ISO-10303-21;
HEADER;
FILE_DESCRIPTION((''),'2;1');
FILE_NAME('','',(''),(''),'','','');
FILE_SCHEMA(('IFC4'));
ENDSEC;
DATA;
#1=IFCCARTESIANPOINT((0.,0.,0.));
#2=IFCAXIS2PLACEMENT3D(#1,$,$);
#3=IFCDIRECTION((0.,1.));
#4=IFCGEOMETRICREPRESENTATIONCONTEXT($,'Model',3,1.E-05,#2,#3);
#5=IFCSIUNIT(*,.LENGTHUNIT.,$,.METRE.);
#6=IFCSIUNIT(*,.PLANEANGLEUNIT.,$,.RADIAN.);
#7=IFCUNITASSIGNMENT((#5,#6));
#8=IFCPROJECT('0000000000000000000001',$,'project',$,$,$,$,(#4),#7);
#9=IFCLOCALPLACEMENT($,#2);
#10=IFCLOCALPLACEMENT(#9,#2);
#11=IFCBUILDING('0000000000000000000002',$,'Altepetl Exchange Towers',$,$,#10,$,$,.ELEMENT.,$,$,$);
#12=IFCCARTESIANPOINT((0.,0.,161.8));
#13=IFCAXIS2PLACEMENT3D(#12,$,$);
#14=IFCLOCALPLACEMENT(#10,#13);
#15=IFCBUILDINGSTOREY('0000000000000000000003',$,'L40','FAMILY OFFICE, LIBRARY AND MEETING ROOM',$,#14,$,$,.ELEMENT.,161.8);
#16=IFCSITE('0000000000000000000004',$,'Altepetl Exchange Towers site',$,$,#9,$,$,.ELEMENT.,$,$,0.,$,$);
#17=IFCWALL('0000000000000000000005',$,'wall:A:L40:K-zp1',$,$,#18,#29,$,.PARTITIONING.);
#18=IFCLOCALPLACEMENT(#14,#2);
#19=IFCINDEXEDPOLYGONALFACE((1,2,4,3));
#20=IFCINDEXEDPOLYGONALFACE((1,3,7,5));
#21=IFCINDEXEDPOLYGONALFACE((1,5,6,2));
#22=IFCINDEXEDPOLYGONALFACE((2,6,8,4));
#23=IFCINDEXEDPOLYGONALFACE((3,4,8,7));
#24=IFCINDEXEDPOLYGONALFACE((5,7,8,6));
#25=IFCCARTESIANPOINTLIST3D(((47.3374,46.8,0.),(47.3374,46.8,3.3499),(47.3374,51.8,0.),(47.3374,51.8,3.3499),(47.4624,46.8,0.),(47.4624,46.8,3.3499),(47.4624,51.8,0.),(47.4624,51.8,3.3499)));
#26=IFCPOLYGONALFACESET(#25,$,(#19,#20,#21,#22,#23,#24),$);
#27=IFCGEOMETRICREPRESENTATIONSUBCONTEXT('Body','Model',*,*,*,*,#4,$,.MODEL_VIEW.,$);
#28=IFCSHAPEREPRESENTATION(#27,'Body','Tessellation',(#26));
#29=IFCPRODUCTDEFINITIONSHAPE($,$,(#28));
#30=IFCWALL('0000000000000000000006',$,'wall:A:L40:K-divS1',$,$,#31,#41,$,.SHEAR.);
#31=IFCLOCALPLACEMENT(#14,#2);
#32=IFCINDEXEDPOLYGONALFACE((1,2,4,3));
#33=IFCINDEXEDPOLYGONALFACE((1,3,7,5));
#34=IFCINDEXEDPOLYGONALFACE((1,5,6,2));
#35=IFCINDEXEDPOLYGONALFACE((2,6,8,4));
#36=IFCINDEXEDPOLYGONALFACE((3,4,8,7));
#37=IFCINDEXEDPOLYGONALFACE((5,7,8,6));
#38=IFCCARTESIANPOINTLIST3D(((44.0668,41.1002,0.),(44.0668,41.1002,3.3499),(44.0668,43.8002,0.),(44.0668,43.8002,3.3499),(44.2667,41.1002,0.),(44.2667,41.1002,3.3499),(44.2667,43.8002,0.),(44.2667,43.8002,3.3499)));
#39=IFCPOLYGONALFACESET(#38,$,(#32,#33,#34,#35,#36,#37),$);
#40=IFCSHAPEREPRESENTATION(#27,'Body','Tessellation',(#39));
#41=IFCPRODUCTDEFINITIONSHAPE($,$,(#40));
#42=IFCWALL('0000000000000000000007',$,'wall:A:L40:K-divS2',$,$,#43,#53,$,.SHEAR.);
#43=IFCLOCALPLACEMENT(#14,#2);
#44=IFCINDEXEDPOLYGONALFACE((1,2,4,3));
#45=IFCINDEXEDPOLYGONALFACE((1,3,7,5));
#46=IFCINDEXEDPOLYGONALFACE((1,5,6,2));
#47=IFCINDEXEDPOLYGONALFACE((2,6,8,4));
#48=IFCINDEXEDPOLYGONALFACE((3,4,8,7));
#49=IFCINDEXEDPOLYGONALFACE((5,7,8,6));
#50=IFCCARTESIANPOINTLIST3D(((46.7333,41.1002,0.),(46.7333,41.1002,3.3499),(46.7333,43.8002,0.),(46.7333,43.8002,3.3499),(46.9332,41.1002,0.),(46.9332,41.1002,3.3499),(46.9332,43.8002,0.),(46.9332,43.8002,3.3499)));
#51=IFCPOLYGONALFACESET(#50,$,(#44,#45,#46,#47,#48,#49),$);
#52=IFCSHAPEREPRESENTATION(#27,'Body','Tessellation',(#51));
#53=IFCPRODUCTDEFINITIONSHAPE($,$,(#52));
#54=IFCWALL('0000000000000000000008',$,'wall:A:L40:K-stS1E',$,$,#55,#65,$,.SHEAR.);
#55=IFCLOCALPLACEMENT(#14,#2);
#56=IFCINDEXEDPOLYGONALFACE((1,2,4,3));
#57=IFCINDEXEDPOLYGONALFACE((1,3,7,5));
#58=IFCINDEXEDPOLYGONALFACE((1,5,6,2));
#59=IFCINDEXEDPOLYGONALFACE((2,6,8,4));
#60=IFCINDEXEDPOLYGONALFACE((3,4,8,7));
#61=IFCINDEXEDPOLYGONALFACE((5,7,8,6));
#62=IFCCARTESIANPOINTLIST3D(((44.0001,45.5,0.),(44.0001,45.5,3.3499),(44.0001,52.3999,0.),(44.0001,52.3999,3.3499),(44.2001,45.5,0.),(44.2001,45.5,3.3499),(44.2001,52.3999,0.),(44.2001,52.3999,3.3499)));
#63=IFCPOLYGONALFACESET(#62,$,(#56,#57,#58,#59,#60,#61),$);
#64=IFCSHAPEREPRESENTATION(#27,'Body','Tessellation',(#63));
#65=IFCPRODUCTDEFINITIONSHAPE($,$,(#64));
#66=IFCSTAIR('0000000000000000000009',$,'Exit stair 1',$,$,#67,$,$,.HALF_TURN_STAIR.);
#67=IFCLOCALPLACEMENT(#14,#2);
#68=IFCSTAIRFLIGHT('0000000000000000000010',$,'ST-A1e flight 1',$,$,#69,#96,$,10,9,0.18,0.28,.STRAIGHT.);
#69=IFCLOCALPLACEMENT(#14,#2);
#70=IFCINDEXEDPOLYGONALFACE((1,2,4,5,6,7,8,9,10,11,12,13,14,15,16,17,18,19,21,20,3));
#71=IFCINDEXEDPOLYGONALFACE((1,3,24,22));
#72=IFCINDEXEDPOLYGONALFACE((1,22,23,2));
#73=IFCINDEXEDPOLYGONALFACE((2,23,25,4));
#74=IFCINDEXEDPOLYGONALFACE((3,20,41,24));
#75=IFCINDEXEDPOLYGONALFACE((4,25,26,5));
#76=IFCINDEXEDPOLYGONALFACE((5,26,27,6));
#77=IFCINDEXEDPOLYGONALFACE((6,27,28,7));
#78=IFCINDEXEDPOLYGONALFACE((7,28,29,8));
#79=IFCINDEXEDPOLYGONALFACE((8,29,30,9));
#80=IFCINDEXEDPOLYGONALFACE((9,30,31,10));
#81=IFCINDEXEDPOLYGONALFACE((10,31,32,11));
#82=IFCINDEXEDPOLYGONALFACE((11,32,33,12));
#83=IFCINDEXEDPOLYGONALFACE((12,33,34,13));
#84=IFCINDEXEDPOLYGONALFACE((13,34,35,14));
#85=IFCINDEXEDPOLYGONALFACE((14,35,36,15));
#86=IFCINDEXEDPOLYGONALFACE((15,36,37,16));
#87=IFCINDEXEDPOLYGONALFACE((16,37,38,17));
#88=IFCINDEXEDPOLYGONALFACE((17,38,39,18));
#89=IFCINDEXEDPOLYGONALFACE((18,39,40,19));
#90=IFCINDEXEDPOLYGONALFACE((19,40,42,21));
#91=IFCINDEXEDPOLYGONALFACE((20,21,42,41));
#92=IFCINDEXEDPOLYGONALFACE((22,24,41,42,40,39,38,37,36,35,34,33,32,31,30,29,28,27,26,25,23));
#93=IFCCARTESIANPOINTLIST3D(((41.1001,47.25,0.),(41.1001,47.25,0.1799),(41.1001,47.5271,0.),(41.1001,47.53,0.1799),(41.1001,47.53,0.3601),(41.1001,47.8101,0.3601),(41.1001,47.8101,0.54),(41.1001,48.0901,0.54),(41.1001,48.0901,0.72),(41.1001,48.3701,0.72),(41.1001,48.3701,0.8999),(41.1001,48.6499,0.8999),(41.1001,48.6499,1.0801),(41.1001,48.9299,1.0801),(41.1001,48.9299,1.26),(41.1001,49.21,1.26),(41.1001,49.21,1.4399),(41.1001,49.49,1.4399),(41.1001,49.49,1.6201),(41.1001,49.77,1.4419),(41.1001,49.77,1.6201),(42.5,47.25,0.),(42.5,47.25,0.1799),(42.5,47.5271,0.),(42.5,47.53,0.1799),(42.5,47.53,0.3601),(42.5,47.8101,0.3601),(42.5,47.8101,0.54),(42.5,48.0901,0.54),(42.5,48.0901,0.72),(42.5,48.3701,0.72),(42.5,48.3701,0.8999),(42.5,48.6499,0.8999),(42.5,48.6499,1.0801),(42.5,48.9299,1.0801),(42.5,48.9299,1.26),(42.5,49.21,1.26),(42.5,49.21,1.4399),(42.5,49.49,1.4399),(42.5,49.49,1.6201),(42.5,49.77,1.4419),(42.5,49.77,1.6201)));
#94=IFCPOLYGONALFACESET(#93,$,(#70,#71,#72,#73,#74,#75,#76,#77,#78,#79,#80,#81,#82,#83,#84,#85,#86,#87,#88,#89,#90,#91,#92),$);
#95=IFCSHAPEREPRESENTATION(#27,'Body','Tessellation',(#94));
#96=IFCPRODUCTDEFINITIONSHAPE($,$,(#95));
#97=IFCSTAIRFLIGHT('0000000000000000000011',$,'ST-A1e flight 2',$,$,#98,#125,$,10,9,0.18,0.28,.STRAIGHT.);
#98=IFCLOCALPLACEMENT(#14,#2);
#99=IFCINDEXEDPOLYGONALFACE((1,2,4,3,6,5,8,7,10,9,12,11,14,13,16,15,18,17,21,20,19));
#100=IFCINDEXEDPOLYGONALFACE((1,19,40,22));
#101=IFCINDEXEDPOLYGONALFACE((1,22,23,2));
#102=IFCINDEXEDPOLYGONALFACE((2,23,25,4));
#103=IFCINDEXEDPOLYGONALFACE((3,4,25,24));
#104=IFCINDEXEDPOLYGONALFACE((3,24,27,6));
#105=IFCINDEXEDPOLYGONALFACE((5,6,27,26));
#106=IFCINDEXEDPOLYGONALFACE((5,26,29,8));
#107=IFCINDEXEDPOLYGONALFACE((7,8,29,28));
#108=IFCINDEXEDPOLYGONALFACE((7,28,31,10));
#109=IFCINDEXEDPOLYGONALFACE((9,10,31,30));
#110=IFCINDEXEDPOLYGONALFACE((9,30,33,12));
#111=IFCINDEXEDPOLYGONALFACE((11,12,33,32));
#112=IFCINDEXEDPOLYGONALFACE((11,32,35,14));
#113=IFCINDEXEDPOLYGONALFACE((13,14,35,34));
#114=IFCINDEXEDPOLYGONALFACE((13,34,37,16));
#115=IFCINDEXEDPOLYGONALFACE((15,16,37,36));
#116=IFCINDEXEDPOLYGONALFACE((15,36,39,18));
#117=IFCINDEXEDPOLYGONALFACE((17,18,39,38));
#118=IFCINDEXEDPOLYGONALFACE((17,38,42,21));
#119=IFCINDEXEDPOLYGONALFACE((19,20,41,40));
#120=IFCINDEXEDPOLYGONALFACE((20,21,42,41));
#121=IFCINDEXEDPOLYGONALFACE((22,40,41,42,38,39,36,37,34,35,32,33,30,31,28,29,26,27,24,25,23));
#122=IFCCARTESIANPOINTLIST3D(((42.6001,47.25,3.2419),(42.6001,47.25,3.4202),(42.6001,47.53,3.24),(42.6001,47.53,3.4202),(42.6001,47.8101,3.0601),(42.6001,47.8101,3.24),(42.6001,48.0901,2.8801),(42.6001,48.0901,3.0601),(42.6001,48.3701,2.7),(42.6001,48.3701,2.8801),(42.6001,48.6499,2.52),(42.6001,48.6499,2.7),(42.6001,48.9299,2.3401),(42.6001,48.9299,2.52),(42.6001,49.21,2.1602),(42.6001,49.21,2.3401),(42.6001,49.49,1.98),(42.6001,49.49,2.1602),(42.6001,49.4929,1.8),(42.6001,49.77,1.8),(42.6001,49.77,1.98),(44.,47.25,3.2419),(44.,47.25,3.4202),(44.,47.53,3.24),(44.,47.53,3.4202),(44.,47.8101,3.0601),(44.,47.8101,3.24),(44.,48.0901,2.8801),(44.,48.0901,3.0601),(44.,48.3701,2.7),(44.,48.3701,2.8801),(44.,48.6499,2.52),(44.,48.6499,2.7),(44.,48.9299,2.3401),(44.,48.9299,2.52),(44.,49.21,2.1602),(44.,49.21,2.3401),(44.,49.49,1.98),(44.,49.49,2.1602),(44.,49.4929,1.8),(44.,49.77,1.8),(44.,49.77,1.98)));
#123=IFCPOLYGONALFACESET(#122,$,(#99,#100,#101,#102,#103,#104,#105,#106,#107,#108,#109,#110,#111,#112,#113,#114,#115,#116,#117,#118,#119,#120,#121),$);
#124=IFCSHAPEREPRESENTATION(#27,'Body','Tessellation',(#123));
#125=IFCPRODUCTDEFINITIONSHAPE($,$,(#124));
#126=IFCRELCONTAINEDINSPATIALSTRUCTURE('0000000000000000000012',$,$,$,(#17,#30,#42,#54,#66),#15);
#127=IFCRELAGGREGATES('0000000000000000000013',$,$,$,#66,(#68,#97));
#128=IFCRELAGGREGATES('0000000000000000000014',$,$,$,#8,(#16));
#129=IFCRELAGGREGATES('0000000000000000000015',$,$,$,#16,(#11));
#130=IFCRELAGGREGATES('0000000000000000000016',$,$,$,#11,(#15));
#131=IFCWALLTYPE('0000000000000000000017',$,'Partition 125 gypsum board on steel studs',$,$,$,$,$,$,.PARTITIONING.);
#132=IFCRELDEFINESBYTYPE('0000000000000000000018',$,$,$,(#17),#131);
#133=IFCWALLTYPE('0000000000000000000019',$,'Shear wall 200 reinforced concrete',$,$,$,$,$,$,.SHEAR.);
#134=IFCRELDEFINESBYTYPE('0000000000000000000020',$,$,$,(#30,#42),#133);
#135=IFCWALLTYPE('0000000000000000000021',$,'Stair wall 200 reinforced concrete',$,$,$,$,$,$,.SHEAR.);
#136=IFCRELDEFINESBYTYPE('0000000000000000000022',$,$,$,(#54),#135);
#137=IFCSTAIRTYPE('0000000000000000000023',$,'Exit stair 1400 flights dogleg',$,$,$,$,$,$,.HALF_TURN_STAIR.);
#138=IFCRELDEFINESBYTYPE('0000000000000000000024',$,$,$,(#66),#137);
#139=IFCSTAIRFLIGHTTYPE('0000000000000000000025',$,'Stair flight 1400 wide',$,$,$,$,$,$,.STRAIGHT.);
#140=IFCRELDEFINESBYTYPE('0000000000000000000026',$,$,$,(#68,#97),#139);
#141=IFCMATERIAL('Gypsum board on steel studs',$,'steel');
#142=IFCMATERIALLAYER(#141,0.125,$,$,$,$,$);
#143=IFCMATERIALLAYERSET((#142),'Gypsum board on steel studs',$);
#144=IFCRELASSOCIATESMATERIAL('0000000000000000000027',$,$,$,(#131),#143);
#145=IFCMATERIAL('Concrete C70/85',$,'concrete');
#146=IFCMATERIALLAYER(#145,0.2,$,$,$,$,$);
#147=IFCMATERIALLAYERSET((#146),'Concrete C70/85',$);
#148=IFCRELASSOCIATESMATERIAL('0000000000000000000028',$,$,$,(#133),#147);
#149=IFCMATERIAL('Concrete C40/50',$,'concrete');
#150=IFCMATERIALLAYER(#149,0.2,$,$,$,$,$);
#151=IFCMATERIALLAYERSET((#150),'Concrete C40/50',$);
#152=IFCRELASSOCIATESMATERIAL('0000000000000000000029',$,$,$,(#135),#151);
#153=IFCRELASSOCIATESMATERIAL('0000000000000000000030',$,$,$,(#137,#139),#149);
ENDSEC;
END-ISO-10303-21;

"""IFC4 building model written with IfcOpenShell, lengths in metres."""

from ifc_helpers import new_model, si_unit, direction, frame, frame_2d, origin, place, context, subcontext, project, spatial, polyline, rectangle, outline, extrude, material, layer, layer_set, type_object, element, aggregate, save


model = new_model("IFC4")

# Units and contexts
model_context = context("Model", 3, precision=1e-05, world=origin(), true_north=direction((0.0, 1.0)))
body_context = subcontext(model_context, "Body", "Model", "MODEL_VIEW")
ifc_project = project(units=[si_unit("LENGTHUNIT", "METRE"), si_unit("PLANEANGLEUNIT", "RADIAN")], contexts=[model_context])

# Site, building, storey
site_placement = place(None, origin())
site = spatial("IfcSite", under=ifc_project, at=site_placement, Name="Altepetl Exchange Towers site", CompositionType="ELEMENT", RefElevation=0.0)
building_placement = place(site_placement, origin())
building = spatial("IfcBuilding", under=site, at=building_placement, Name="Altepetl Exchange Towers", CompositionType="ELEMENT")
storey_placement = place(building_placement, frame((0.0, 0.0, 161.8)))
storey = spatial("IfcBuildingStorey", under=building, at=storey_placement, Name="L40", Description="FAMILY OFFICE, LIBRARY AND MEETING ROOM", CompositionType="ELEMENT", Elevation=161.8)

# Walls
ifc_material_1 = material(Name="Gypsum board on steel studs", Category="steel")
ifc_layer_1 = layer(ifc_material_1, 0.125)
ifc_layer_set_1 = layer_set([ifc_layer_1], Name="Gypsum board on steel studs")
wall_type_1 = type_object("IfcWallType", Name="Partition 125 gypsum board on steel studs", PredefinedType="PARTITIONING", material=ifc_layer_set_1)
wall_1_placement = place(storey_placement, frame((47.3999, 46.8, 0.0), z_axis=(0.0, 0.0, 1.0), x_axis=(0.0, 1.0, 0.0)))
element("IfcWall", 1, at=wall_1_placement, inside=storey, type_object=wall_type_1, Name="wall:A:L40:K-zp1", PredefinedType="PARTITIONING", context=body_context, shape_type="SweptSolid", body=[
    extrude(rectangle(XDim=5.0, YDim=0.125, at=frame_2d((2.5, 0.0))), origin(), (0.0, 0.0, 1.0), 3.3499),
])
ifc_material_2 = material(Name="Concrete C70/85", Category="concrete")
ifc_layer_2 = layer(ifc_material_2, 0.2)
ifc_layer_set_2 = layer_set([ifc_layer_2], Name="Concrete C70/85")
wall_type_2 = type_object("IfcWallType", Name="Shear wall 200 reinforced concrete", PredefinedType="SHEAR", material=ifc_layer_set_2)
for number, where, z_axis, x_axis, name in (
    (2, (44.1667, 41.1001, 0.0), (0.0, 0.0, 1.0), (0.0, 1.0, 0.0), "wall:A:L40:K-divS1"),
    (3, (46.8333, 41.1001, 0.0), (0.0, 0.0, 1.0), (0.0, 1.0, 0.0), "wall:A:L40:K-divS2"),
):
    element("IfcWall", number, at=place(storey_placement, frame(where, z_axis=z_axis, x_axis=x_axis)), inside=storey, type_object=wall_type_2, Name=name, PredefinedType="SHEAR", context=body_context, shape_type="SweptSolid", body=[
        extrude(rectangle(XDim=2.7, YDim=0.2, at=frame_2d((1.3501, 0.0))), origin(), (0.0, 0.0, 1.0), 3.3499),
    ])
ifc_material_3 = material(Name="Concrete C40/50", Category="concrete")
ifc_layer_3 = layer(ifc_material_3, 0.2)
ifc_layer_set_3 = layer_set([ifc_layer_3], Name="Concrete C40/50")
wall_type_3 = type_object("IfcWallType", Name="Stair wall 200 reinforced concrete", PredefinedType="SHEAR", material=ifc_layer_set_3)
wall_2_placement = place(storey_placement, frame((44.1001, 45.5, 0.0), z_axis=(0.0, 0.0, 1.0), x_axis=(0.0, 1.0, 0.0)))
element("IfcWall", 4, at=wall_2_placement, inside=storey, type_object=wall_type_3, Name="wall:A:L40:K-stS1E", PredefinedType="SHEAR", context=body_context, shape_type="SweptSolid", body=[
    extrude(rectangle(XDim=6.8999, YDim=0.2, at=frame_2d((3.45, 0.0))), origin(), (0.0, 0.0, 1.0), 3.3499),
])

# Stair, stair flights
stair_type = type_object("IfcStairType", Name="Exit stair 1400 flights dogleg", PredefinedType="HALF_TURN_STAIR", material=ifc_material_3)
stair_placement = place(storey_placement, origin())
stair = element("IfcStair", 5, at=stair_placement, inside=storey, type_object=stair_type, Name="Exit stair 1", PredefinedType="HALF_TURN_STAIR")
stair_flight_type = type_object("IfcStairFlightType", Name="Stair flight 1400 wide", PredefinedType="STRAIGHT", material=ifc_material_3)
stair_flight_1_placement = place(storey_placement, frame((41.8, 47.25, 0.0), z_axis=(0.0, 0.0, 1.0), x_axis=(0.0, 1.0, 0.0)))
stair_flight_1 = element("IfcStairFlight", 6, at=stair_flight_1_placement, type_object=stair_flight_type, Name="ST-A1e flight 1", NumberOfRisers=10, NumberOfTreads=9, PredefinedType="STRAIGHT", RiserHeight=0.18, TreadLength=0.28, context=body_context, shape_type="SweptSolid", body=[
    extrude(outline(polyline([(0.0, 0.0), (0.0, 0.1799), (0.28, 0.1799), (0.28, 0.3601), (0.5601, 0.3601), (0.5601, 0.54), (0.8401, 0.54), (0.8401, 0.72), (1.1201, 0.72), (1.1201, 0.8999), (1.3999, 0.8999), (1.3999, 1.0801), (1.6799, 1.0801), (1.6799, 1.26), (1.96, 1.26), (1.96, 1.4399), (2.24, 1.4399), (2.24, 1.6201), (2.52, 1.6201), (2.52, 1.8), (2.52, 1.4419), (0.2771, 0.0), (0.0, 0.0)])), frame((0.0, 0.7, 0.0), z_axis=(0.0, -1.0, 0.0), x_axis=(1.0, 0.0, 0.0)), (0.0, 0.0, 1.0), 1.3999),
])
stair_flight_2_placement = place(storey_placement, frame((43.3, 49.77, 1.8), z_axis=(0.0, 0.0, 1.0), x_axis=(0.0, -1.0, 0.0)))
stair_flight_2 = element("IfcStairFlight", 7, at=stair_flight_2_placement, type_object=stair_flight_type, Name="ST-A1e flight 2", NumberOfRisers=10, NumberOfTreads=9, PredefinedType="STRAIGHT", RiserHeight=0.18, TreadLength=0.28, context=body_context, shape_type="SweptSolid", body=[
    extrude(outline(polyline([(0.0, 0.0), (0.0, 0.1799), (0.28, 0.1799), (0.28, 0.3601), (0.5601, 0.3601), (0.5601, 0.54), (0.8401, 0.54), (0.8401, 0.72), (1.1201, 0.72), (1.1201, 0.8999), (1.3999, 0.8999), (1.3999, 1.0801), (1.6799, 1.0801), (1.6799, 1.26), (1.96, 1.26), (1.96, 1.4399), (2.24, 1.4399), (2.24, 1.6201), (2.52, 1.6201), (2.52, 1.8), (2.52, 1.4419), (0.2771, 0.0), (0.0, 0.0)])), frame((0.0, 0.7, 0.0), z_axis=(0.0, -1.0, 0.0), x_axis=(1.0, 0.0, 0.0)), (0.0, 0.0, 1.0), 1.3999),
])
aggregate(stair, [stair_flight_1, stair_flight_2])

save(model, "model.ifc")
